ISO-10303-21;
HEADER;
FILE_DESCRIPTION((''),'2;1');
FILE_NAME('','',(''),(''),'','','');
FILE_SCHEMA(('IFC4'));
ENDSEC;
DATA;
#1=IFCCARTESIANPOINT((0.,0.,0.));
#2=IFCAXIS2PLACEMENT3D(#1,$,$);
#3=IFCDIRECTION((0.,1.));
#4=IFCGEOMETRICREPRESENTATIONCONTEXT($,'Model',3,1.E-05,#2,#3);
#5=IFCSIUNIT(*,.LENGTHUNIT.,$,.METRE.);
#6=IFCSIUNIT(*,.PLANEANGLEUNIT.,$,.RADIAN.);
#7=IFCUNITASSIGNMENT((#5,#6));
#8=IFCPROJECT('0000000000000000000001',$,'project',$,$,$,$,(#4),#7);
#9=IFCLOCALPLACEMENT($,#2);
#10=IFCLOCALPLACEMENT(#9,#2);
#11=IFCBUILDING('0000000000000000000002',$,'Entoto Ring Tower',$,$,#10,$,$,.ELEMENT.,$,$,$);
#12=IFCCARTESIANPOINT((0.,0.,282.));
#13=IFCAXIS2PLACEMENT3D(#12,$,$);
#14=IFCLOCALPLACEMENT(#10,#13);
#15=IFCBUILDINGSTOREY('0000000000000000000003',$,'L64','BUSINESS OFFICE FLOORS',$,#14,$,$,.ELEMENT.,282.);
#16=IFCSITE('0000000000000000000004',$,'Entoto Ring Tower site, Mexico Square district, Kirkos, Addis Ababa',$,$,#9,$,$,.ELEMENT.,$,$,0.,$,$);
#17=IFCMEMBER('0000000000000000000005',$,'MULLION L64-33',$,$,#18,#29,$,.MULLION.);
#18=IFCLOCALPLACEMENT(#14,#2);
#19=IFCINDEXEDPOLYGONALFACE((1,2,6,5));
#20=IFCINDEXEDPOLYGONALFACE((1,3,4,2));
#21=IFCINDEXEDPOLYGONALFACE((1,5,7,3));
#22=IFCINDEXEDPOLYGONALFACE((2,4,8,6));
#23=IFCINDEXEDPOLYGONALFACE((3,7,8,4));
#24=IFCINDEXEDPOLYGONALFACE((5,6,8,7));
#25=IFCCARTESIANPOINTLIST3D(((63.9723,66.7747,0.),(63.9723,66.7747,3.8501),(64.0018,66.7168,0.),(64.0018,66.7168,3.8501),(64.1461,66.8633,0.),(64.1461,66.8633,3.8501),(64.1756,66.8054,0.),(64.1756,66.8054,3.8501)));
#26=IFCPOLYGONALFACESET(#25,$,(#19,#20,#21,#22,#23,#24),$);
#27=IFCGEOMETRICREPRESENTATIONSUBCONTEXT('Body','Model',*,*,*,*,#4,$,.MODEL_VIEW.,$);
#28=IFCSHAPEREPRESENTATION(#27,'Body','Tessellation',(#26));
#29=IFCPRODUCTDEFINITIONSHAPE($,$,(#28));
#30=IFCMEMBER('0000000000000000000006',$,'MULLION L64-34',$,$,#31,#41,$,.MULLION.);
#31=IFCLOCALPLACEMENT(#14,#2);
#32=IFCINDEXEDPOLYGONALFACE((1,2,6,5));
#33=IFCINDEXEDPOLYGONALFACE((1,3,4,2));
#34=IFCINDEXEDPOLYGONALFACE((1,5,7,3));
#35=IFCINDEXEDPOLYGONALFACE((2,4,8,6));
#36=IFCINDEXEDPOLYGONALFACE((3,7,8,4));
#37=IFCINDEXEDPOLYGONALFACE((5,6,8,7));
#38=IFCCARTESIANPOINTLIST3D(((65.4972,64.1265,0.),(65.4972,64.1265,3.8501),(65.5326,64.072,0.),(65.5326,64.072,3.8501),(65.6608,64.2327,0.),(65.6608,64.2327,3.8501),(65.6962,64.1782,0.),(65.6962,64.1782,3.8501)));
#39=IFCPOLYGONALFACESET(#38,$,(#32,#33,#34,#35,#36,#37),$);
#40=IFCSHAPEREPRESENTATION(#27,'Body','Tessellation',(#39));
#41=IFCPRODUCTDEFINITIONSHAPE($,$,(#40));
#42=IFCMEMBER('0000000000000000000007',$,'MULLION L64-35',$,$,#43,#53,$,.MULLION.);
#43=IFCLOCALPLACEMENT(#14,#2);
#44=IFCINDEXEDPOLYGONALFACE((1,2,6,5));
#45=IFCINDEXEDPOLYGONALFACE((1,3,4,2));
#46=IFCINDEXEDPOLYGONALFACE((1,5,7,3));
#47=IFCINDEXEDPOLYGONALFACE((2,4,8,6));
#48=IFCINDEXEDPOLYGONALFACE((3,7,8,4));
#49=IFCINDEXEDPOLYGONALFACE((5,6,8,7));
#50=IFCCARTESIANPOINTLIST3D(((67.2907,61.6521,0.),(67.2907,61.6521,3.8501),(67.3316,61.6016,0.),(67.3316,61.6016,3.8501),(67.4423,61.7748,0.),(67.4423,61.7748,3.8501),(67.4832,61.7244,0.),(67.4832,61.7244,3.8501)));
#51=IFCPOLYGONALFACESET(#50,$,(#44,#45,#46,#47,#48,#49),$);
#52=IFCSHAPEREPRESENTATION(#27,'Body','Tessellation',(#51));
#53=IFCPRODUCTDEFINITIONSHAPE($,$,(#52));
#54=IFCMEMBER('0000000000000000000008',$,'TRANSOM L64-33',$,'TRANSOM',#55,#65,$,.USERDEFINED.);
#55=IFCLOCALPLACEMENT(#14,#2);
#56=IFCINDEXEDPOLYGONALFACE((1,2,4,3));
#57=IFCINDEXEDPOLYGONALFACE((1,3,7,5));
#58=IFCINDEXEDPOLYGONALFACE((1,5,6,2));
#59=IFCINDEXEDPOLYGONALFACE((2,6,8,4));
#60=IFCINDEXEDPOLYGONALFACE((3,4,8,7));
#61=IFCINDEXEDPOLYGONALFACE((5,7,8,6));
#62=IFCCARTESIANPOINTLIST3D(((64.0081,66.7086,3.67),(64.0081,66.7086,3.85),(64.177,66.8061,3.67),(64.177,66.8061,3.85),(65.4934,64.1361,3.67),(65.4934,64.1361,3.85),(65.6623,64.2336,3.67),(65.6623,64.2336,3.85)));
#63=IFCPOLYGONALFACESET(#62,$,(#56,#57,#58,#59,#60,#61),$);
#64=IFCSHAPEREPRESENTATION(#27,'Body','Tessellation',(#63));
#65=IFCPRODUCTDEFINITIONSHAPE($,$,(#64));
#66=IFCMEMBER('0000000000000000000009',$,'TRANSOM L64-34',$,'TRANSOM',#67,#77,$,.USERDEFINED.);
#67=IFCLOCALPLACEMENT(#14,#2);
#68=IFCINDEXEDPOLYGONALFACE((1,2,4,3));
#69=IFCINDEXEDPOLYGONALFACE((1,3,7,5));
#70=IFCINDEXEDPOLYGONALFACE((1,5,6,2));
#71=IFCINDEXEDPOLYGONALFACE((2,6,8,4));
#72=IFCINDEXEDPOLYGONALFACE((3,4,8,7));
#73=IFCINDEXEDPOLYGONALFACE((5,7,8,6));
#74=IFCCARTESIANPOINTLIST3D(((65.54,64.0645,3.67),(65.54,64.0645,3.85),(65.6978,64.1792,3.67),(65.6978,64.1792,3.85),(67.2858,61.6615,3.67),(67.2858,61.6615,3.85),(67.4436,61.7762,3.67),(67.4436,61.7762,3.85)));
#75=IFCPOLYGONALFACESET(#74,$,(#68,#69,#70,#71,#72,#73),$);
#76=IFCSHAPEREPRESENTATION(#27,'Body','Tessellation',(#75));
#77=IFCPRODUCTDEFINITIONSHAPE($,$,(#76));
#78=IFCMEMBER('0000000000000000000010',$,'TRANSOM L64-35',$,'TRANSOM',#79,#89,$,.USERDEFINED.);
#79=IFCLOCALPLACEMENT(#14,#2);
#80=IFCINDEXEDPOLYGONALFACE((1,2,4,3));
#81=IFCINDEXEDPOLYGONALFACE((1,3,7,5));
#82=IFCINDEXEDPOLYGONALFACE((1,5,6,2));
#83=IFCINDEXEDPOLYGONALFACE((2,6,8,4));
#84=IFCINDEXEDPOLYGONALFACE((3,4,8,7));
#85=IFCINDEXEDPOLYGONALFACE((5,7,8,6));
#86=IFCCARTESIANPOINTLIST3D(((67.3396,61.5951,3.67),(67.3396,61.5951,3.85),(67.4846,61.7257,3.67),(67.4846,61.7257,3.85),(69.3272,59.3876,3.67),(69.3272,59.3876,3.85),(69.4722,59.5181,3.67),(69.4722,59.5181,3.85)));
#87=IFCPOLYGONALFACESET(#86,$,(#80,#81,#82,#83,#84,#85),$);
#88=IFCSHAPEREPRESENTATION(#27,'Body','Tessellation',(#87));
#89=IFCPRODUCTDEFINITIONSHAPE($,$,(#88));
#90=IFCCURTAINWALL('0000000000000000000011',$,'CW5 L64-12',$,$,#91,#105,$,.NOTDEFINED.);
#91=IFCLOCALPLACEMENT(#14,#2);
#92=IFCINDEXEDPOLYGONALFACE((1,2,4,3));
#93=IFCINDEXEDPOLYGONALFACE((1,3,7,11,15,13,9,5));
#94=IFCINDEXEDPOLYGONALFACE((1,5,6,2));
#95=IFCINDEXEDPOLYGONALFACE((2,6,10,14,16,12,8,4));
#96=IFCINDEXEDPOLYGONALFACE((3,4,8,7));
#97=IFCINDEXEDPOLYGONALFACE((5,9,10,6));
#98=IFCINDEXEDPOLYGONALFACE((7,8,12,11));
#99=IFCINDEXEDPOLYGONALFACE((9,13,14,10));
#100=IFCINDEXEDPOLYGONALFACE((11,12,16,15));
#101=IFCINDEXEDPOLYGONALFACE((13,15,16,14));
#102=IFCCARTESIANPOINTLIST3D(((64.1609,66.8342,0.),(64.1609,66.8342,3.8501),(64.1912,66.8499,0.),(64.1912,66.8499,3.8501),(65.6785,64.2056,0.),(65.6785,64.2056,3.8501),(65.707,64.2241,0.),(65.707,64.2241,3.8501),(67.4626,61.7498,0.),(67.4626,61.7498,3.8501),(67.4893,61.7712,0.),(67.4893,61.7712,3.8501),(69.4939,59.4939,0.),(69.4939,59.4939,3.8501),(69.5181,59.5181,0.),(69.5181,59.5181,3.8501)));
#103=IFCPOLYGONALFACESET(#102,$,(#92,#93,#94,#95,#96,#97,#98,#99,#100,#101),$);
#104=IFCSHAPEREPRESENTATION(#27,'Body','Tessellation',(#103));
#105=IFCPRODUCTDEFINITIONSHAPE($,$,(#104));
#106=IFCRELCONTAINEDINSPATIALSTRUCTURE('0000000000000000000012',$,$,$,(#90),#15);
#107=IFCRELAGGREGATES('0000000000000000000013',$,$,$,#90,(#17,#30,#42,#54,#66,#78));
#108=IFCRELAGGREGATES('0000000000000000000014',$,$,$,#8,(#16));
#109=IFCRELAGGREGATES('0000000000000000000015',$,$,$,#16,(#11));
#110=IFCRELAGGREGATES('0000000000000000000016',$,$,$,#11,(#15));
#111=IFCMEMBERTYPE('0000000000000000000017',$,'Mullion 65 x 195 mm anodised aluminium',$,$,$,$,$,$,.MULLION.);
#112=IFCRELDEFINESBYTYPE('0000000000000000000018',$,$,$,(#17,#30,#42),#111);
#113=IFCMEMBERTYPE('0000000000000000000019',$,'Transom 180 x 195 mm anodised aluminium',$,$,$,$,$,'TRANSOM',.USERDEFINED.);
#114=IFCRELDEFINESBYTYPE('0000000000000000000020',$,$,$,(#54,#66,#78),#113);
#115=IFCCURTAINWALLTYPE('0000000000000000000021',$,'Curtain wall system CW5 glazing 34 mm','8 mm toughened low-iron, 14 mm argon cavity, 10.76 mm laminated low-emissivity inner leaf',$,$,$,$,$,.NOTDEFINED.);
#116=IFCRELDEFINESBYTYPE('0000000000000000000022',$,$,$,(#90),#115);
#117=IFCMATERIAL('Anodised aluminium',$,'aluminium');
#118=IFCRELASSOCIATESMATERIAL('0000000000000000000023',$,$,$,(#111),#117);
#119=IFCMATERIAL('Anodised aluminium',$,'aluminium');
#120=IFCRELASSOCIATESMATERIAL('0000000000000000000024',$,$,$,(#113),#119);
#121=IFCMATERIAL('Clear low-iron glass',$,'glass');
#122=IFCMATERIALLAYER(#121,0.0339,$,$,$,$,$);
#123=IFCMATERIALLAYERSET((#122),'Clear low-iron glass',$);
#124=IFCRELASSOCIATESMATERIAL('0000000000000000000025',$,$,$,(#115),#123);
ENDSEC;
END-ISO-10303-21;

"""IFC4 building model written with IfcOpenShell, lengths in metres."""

from ifc_helpers import new_model, si_unit, direction, frame, origin, origin_2d, place, context, subcontext, project, spatial, polyline, rectangle, outline, extrude, material, layer, layer_set, material_profile, profile_set, type_object, element, aggregate, save


model = new_model("IFC4")

# Units and contexts
model_context = context("Model", 3, precision=1e-05, world=origin(), true_north=direction((0.0, 1.0)))
body_context = subcontext(model_context, "Body", "Model", "MODEL_VIEW")
ifc_project = project(units=[si_unit("LENGTHUNIT", "METRE"), si_unit("PLANEANGLEUNIT", "RADIAN")], contexts=[model_context])

# Members
ifc_material_1 = material(Name="Anodised aluminium", Category="aluminium")
ifc_material_profile_1 = material_profile(ifc_material_1, rectangle(XDim=0.0649, YDim=0.1951, at=origin_2d()), Name="Mullion 65 x 195 mm anodised aluminium")
ifc_profile_set_1 = profile_set([ifc_material_profile_1], Name="Anodised aluminium")
member_type_1 = type_object("IfcMemberType", Name="Mullion 65 x 195 mm anodised aluminium", PredefinedType="MULLION", material=ifc_profile_set_1)
site_placement = place(None, origin())
building_placement = place(site_placement, origin())
storey_placement = place(building_placement, frame((0.0, 0.0, 282.0)))
member_1_placement = place(storey_placement, frame((64.074, 66.79, 0.0), z_axis=(0.0, 0.0, 1.0), x_axis=(0.45399, -0.891007, 0.0)))
member_1 = element("IfcMember", 1, at=member_1_placement, type_object=member_type_1, Name="MULLION L64-33", PredefinedType="MULLION", context=body_context, shape_type="SweptSolid", body=[
    extrude(rectangle(XDim=0.0649, YDim=0.1951, at=origin_2d()), origin(), (0.0, 0.0, 1.0), 3.8501),
])
member_2_placement = place(storey_placement, frame((65.5967, 64.1523, 0.0), z_axis=(0.0, 0.0, 1.0), x_axis=(0.544639, -0.838671, 0.0)))
member_2 = element("IfcMember", 2, at=member_2_placement, type_object=member_type_1, Name="MULLION L64-34", PredefinedType="MULLION", context=body_context, shape_type="SweptSolid", body=[
    extrude(rectangle(XDim=0.0649, YDim=0.1951, at=origin_2d()), origin(), (0.0, 0.0, 1.0), 3.8501),
])
member_3_placement = place(storey_placement, frame((67.387, 61.6882, 0.0), z_axis=(0.0, 0.0, 1.0), x_axis=(0.62932, -0.777146, 0.0)))
member_3 = element("IfcMember", 3, at=member_3_placement, type_object=member_type_1, Name="MULLION L64-35", PredefinedType="MULLION", context=body_context, shape_type="SweptSolid", body=[
    extrude(rectangle(XDim=0.0649, YDim=0.1951, at=origin_2d()), origin(), (0.0, 0.0, 1.0), 3.8501),
])
ifc_material_2 = material(Name="Anodised aluminium", Category="aluminium")
ifc_material_profile_2 = material_profile(ifc_material_2, rectangle(XDim=0.1951, YDim=0.1799, at=origin_2d()), Name="Transom 180 x 195 mm anodised aluminium")
ifc_profile_set_2 = profile_set([ifc_material_profile_2], Name="Anodised aluminium")
member_type_2 = type_object("IfcMemberType", Name="Transom 180 x 195 mm anodised aluminium", ElementType="TRANSOM", PredefinedType="USERDEFINED", material=ifc_profile_set_2)
member_4_placement = place(storey_placement, frame((64.0925, 66.7573, 3.76), z_axis=(0.500028, -0.866009, 0.0), x_axis=(0.866009, 0.500028, 0.0)))
member_4 = element("IfcMember", 4, at=member_4_placement, type_object=member_type_2, Name="TRANSOM L64-33", ObjectType="TRANSOM", PredefinedType="USERDEFINED", context=body_context, shape_type="SweptSolid", body=[
    extrude(rectangle(XDim=0.1951, YDim=0.1799, at=origin_2d()), origin(), (0.0, 0.0, 1.0), 2.9705),
])
member_5_placement = place(storey_placement, frame((65.6189, 64.1218, 3.76), z_axis=(0.587766, -0.809031, 0.0), x_axis=(0.809031, 0.587766, 0.0)))
member_5 = element("IfcMember", 5, at=member_5_placement, type_object=member_type_2, Name="TRANSOM L64-34", ObjectType="TRANSOM", PredefinedType="USERDEFINED", context=body_context, shape_type="SweptSolid", body=[
    extrude(rectangle(XDim=0.1951, YDim=0.1799, at=origin_2d()), origin(), (0.0, 0.0, 1.0), 2.9702),
])
member_6_placement = place(storey_placement, frame((67.4121, 61.6604, 3.76), z_axis=(0.66911, -0.743163, 0.0), x_axis=(0.743163, 0.66911, 0.0)))
member_6 = element("IfcMember", 6, at=member_6_placement, type_object=member_type_2, Name="TRANSOM L64-35", ObjectType="TRANSOM", PredefinedType="USERDEFINED", context=body_context, shape_type="SweptSolid", body=[
    extrude(rectangle(XDim=0.1951, YDim=0.1799, at=origin_2d()), origin(), (0.0, 0.0, 1.0), 2.9705),
])

# Site, building, storey
site = spatial("IfcSite", under=ifc_project, at=site_placement, Name="Entoto Ring Tower site, Mexico Square district, Kirkos, Addis Ababa", CompositionType="ELEMENT", RefElevation=0.0)
building = spatial("IfcBuilding", under=site, at=building_placement, Name="Entoto Ring Tower", CompositionType="ELEMENT")
storey = spatial("IfcBuildingStorey", under=building, at=storey_placement, Name="L64", Description="BUSINESS OFFICE FLOORS", CompositionType="ELEMENT", Elevation=282.0)

# Curtain wall
ifc_material_3 = material(Name="Clear low-iron glass", Category="glass")
ifc_layer = layer(ifc_material_3, 0.0339)
ifc_layer_set = layer_set([ifc_layer], Name="Clear low-iron glass")
curtain_wall_type = type_object("IfcCurtainWallType", Name="Curtain wall system CW5 glazing 34 mm", Description="8 mm toughened low-iron, 14 mm argon cavity, 10.76 mm laminated low-emissivity inner leaf", PredefinedType="NOTDEFINED", material=ifc_layer_set)
curtain_wall_1_placement = place(storey_placement, origin())
curtain_wall_1 = element("IfcCurtainWall", 7, at=curtain_wall_1_placement, inside=storey, type_object=curtain_wall_type, Name="CW5 L64-12", PredefinedType="NOTDEFINED", context=body_context, shape_type="SweptSolid", body=[
    extrude(outline(polyline([(64.1609, 66.8342), (65.6785, 64.2056), (67.4626, 61.7498), (69.4939, 59.4939), (69.5181, 59.5181), (67.4893, 61.7712), (65.707, 64.2241), (64.1912, 66.8499), (64.1609, 66.8342)])), origin(), (0.0, 0.0, 1.0), 3.8501),
])
aggregate(curtain_wall_1, [member_1, member_2, member_3, member_4, member_5, member_6])

save(model, "model.ifc")
